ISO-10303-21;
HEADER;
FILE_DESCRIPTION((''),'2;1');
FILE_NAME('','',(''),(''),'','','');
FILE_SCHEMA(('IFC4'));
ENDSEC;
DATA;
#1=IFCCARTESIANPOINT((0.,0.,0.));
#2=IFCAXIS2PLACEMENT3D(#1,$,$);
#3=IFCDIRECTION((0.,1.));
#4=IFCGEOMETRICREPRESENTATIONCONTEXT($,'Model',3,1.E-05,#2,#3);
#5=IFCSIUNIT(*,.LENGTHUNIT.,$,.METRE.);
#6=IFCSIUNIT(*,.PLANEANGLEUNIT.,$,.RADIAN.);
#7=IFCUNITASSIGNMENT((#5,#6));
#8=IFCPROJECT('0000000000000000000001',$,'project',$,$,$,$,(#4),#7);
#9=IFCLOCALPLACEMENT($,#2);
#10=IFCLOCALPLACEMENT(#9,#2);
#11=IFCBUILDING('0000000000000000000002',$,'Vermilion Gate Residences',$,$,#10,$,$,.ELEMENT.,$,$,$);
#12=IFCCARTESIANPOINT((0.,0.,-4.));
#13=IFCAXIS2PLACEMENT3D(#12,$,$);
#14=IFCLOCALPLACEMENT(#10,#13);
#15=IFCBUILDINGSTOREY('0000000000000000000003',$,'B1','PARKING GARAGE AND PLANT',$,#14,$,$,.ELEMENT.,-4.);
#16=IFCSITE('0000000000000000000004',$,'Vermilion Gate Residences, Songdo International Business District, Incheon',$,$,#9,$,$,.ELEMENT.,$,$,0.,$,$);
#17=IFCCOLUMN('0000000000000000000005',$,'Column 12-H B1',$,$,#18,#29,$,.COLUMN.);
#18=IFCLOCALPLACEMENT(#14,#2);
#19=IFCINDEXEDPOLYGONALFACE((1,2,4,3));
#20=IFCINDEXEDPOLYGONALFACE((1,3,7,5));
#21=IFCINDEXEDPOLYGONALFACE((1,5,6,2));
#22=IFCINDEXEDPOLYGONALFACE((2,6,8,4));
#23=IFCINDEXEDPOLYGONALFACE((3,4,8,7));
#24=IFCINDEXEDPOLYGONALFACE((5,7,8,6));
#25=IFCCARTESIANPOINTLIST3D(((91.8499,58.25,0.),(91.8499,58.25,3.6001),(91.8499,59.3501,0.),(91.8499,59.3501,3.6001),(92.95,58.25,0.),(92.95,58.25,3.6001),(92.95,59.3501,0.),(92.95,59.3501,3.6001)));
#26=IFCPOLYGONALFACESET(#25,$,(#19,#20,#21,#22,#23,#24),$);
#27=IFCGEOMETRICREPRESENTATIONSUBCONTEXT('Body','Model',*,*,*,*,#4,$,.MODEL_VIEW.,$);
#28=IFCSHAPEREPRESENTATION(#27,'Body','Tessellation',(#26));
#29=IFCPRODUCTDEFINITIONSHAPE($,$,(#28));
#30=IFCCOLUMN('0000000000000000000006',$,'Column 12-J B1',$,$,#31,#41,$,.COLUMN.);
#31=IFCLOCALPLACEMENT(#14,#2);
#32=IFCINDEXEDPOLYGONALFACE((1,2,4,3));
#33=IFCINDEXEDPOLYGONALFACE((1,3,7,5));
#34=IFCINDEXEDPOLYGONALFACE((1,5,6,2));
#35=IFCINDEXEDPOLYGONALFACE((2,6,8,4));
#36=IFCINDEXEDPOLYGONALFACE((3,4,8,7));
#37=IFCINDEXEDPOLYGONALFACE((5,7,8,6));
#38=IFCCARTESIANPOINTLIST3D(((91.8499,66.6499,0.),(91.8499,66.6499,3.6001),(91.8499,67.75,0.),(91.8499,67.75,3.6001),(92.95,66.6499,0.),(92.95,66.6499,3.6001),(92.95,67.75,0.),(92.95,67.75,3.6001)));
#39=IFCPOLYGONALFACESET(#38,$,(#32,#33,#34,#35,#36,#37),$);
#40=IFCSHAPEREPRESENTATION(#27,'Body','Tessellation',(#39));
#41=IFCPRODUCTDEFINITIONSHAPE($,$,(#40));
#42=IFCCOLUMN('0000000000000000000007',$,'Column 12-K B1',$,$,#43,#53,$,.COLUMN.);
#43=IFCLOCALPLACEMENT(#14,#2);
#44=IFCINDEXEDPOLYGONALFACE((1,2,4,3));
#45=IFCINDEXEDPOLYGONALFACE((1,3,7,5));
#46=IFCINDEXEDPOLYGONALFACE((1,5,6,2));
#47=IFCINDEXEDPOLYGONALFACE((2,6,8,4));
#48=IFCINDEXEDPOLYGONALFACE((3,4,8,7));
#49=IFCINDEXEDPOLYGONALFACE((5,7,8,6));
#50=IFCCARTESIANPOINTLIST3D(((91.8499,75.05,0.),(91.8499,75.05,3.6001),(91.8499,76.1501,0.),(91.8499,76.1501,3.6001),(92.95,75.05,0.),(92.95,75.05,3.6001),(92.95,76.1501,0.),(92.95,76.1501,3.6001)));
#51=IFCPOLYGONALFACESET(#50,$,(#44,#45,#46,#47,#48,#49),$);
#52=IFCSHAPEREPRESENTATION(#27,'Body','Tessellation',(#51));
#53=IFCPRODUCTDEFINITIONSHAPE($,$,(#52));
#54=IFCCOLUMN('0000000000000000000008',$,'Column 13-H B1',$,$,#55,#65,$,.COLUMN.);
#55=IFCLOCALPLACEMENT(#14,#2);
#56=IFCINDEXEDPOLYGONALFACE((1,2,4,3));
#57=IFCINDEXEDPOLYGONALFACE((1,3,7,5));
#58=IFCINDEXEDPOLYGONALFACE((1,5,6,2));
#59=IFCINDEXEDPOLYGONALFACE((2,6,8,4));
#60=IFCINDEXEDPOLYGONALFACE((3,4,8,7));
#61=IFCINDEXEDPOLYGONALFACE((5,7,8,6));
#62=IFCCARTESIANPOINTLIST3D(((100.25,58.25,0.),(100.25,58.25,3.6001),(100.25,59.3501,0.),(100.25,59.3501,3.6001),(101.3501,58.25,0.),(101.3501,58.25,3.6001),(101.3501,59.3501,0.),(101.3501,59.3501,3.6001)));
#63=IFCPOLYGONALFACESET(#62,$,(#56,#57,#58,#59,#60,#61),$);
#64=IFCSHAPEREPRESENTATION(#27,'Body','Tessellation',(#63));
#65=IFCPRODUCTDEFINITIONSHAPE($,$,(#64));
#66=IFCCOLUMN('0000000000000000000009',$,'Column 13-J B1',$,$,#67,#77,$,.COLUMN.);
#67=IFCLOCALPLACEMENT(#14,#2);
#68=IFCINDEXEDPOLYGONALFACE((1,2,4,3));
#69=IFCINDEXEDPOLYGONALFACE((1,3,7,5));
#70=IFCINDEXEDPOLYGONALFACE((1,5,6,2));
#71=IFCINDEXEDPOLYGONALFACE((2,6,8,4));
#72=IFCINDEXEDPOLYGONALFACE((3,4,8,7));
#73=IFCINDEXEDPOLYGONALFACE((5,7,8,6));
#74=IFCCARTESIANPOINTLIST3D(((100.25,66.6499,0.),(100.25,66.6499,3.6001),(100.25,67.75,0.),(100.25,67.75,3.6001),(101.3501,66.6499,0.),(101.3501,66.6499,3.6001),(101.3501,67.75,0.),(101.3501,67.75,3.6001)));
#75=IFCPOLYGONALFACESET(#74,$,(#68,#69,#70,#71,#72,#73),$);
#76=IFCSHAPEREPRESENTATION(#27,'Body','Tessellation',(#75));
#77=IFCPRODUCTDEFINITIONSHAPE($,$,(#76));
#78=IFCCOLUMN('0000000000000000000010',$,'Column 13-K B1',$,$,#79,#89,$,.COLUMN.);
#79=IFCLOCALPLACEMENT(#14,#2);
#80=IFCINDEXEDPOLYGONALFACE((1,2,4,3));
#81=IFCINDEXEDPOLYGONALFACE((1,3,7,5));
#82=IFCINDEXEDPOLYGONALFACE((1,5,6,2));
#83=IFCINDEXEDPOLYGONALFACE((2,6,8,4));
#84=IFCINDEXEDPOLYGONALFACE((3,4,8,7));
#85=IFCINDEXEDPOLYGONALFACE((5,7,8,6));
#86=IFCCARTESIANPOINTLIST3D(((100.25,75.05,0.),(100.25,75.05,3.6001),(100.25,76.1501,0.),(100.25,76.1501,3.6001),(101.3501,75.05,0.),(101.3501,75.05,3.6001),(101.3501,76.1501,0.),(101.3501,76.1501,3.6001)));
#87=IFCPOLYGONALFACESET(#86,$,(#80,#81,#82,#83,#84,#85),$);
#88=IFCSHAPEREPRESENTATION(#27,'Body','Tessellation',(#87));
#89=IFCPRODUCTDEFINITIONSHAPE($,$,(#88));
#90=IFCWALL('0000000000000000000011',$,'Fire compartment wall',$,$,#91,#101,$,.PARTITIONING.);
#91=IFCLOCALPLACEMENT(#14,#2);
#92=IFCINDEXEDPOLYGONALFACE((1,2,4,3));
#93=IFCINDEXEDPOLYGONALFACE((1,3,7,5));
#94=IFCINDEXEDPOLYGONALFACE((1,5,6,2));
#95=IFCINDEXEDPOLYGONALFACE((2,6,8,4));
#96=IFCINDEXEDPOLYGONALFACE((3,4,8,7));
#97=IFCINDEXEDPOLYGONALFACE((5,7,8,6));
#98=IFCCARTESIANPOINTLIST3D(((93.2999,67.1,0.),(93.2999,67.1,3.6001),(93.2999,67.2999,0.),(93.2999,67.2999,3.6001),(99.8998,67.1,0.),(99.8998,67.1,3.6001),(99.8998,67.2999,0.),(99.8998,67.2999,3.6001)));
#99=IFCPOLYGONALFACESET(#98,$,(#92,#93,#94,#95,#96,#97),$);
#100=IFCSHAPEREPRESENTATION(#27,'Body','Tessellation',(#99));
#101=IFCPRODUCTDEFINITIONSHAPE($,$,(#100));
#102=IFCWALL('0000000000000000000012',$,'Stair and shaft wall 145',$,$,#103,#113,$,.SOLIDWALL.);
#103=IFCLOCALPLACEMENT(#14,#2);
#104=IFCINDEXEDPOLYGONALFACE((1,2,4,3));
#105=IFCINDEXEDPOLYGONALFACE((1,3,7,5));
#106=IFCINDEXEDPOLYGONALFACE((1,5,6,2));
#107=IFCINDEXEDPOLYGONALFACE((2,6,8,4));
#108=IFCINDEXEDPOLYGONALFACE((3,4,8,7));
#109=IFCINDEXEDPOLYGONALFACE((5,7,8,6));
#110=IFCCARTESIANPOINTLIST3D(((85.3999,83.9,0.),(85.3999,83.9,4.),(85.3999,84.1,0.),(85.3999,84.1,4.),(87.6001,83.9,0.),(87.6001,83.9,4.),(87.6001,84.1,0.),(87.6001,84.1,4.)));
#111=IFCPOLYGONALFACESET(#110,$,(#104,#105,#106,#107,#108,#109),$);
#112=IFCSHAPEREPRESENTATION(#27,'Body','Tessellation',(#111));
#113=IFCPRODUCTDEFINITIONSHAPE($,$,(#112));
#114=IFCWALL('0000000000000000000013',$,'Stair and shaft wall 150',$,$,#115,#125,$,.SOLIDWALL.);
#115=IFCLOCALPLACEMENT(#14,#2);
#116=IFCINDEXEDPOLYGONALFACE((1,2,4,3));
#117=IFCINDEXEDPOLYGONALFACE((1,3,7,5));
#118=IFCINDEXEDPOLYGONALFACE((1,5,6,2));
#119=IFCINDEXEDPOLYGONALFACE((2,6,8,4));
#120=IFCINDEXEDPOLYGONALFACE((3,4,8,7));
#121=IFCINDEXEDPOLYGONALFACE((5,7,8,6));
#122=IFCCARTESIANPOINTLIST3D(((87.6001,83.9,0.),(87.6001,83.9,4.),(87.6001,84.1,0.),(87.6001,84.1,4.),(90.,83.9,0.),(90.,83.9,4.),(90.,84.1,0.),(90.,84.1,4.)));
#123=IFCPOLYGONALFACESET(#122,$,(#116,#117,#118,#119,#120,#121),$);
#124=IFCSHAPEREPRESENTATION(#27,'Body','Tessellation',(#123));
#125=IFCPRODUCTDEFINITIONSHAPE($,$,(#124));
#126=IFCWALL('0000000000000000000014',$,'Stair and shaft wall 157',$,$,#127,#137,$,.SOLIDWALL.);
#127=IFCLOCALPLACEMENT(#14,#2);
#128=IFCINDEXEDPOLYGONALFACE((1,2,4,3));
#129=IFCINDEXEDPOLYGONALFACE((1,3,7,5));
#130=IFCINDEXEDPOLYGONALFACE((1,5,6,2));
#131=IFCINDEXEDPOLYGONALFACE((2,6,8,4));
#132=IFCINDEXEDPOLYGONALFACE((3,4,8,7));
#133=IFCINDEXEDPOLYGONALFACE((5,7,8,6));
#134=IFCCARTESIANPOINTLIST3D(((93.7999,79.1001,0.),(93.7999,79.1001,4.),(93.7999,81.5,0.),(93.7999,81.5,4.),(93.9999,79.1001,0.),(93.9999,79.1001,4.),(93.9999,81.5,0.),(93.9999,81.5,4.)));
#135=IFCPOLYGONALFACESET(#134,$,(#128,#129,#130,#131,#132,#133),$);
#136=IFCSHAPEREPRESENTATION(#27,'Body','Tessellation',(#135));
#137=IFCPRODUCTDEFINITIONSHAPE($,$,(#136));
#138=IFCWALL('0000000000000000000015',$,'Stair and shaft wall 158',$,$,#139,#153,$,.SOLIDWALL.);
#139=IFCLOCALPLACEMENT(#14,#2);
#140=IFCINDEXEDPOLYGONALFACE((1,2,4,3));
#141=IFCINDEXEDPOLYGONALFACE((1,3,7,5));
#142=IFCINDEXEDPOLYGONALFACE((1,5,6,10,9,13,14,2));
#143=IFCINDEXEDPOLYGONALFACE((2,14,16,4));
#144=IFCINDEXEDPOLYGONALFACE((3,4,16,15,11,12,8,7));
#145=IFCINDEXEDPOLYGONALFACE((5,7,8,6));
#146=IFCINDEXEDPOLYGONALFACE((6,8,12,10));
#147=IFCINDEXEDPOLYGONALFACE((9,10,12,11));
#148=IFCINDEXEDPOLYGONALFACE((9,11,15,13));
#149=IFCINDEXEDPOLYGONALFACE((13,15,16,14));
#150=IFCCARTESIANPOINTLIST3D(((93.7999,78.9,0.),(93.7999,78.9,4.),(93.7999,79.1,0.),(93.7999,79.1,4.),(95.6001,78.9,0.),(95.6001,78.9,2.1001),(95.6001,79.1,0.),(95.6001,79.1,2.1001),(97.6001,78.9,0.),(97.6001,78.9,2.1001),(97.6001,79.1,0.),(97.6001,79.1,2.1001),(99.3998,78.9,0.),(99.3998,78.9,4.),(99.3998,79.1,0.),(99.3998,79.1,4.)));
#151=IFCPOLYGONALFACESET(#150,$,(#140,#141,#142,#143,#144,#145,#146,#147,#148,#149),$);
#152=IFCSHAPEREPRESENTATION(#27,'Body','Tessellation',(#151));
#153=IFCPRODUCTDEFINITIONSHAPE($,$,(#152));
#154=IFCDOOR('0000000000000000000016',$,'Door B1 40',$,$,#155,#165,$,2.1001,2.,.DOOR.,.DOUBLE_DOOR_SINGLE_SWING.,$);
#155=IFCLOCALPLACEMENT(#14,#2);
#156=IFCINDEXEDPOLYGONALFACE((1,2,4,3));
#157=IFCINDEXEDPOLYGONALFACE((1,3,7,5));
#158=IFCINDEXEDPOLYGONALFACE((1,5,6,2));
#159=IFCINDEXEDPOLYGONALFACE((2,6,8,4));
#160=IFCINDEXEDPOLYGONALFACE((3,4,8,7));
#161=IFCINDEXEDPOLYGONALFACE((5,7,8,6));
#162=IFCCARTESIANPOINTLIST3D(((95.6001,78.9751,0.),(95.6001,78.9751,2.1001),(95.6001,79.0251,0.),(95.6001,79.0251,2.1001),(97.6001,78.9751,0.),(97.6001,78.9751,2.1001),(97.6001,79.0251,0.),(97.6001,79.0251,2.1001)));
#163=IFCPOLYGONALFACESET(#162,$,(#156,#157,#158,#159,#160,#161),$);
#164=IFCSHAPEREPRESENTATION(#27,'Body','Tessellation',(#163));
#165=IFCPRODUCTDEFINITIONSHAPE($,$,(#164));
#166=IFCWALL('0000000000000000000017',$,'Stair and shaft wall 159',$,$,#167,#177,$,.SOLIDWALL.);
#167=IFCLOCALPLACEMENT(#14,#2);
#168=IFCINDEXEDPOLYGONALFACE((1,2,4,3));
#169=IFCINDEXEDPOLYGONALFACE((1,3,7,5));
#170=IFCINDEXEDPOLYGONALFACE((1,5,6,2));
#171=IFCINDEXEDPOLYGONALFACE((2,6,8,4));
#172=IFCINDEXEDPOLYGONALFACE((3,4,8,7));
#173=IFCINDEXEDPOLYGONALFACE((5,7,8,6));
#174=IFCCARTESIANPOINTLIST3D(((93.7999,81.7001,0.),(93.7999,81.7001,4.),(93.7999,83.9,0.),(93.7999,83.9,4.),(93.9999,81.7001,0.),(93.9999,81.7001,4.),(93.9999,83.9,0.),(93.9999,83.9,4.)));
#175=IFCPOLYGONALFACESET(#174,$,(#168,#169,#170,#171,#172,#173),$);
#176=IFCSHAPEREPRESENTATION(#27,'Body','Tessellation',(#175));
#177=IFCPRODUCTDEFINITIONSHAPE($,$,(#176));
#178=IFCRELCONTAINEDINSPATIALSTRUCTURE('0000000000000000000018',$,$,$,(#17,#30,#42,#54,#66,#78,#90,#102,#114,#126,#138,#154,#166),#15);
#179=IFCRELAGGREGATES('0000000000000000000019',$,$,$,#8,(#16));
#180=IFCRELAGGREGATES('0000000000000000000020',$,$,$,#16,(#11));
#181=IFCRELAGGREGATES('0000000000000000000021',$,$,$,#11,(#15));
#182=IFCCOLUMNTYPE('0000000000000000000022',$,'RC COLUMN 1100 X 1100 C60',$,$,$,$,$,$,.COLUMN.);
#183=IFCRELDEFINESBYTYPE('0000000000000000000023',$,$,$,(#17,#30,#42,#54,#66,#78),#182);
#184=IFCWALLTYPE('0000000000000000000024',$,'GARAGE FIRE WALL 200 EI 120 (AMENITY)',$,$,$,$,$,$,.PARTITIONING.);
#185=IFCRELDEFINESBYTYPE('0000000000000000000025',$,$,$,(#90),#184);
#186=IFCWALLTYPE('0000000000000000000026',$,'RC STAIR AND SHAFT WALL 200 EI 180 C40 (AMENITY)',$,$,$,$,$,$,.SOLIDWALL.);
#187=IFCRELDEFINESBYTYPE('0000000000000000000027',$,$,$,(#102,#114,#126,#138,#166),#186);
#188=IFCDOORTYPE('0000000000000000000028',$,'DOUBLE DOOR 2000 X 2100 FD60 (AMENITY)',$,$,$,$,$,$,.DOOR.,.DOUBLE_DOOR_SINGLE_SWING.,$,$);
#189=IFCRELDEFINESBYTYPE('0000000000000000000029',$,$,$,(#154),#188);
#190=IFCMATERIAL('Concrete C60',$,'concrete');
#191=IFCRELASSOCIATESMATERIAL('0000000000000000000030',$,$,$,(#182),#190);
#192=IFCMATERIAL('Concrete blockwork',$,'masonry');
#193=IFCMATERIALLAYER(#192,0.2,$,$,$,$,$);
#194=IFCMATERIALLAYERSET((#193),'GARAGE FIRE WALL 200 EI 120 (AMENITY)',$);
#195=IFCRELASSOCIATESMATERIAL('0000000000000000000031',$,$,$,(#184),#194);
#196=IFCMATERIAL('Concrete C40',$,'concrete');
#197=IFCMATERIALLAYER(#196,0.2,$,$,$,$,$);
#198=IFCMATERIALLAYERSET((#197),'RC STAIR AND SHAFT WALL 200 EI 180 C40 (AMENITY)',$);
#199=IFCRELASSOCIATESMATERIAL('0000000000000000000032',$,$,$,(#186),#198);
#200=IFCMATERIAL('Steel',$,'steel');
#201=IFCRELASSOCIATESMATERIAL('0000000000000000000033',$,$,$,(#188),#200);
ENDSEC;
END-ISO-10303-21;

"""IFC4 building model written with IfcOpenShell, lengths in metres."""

from ifc_helpers import new_model, si_unit, direction, frame, frame_2d, origin, origin_2d, place, context, subcontext, project, spatial, rectangle, extrude, material, layer, layer_set, material_profile, profile_set, type_object, element, fill, save


model = new_model("IFC4")

# Units and contexts
model_context = context("Model", 3, precision=1e-05, world=origin(), true_north=direction((0.0, 1.0)))
body_context = subcontext(model_context, "Body", "Model", "MODEL_VIEW")
ifc_project = project(units=[si_unit("LENGTHUNIT", "METRE"), si_unit("PLANEANGLEUNIT", "RADIAN")], contexts=[model_context])

# Site, building, storey
site_placement = place(None, origin())
site = spatial("IfcSite", under=ifc_project, at=site_placement, Name="Vermilion Gate Residences, Songdo International Business District, Incheon", CompositionType="ELEMENT", RefElevation=0.0)
building_placement = place(site_placement, origin())
building = spatial("IfcBuilding", under=site, at=building_placement, Name="Vermilion Gate Residences", CompositionType="ELEMENT")
storey_placement = place(building_placement, frame((0.0, 0.0, -4.0)))
storey = spatial("IfcBuildingStorey", under=building, at=storey_placement, Name="B1", Description="PARKING GARAGE AND PLANT", CompositionType="ELEMENT", Elevation=-4.0)

# Columns
ifc_material_1 = material(Name="Concrete C60", Category="concrete")
ifc_material_profile = material_profile(ifc_material_1, rectangle(XDim=1.1001, YDim=1.1001, at=origin_2d()), Name="RC-1100x1100")
ifc_profile_set = profile_set([ifc_material_profile], Name="Concrete C60")
column_type = type_object("IfcColumnType", Name="RC COLUMN 1100 X 1100 C60", PredefinedType="COLUMN", material=ifc_profile_set)
for number, where, z_axis, x_axis, name in (
    (1, (92.3999, 58.8, 0.0), (0.0, 0.0, 1.0), (1.0, 0.0, 0.0), "Column 12-H B1"),
    (2, (92.3999, 67.2, 0.0), (0.0, 0.0, 1.0), (1.0, 0.0, 0.0), "Column 12-J B1"),
    (3, (92.3999, 75.6001, 0.0), (0.0, 0.0, 1.0), (1.0, 0.0, 0.0), "Column 12-K B1"),
    (4, (100.8, 58.8, 0.0), (0.0, 0.0, 1.0), (1.0, 0.0, 0.0), "Column 13-H B1"),
    (5, (100.8, 67.2, 0.0), (0.0, 0.0, 1.0), (1.0, 0.0, 0.0), "Column 13-J B1"),
    (6, (100.8, 75.6001, 0.0), (0.0, 0.0, 1.0), (1.0, 0.0, 0.0), "Column 13-K B1"),
):
    element("IfcColumn", number, at=place(storey_placement, frame(where, z_axis=z_axis, x_axis=x_axis)), inside=storey, type_object=column_type, Name=name, PredefinedType="COLUMN", context=body_context, shape_type="SweptSolid", body=[
        extrude(rectangle(XDim=1.1001, YDim=1.1001, at=origin_2d()), origin(), (0.0, 0.0, 1.0), 3.6001),
    ])

# Walls
ifc_material_2 = material(Name="Concrete blockwork", Category="masonry")
ifc_layer_1 = layer(ifc_material_2, 0.2)
ifc_layer_set_1 = layer_set([ifc_layer_1], Name="GARAGE FIRE WALL 200 EI 120 (AMENITY)")
wall_type_1 = type_object("IfcWallType", Name="GARAGE FIRE WALL 200 EI 120 (AMENITY)", PredefinedType="PARTITIONING", material=ifc_layer_set_1)
wall_1_placement = place(storey_placement, frame((93.3, 67.2, 0.0), z_axis=(0.0, 0.0, 1.0), x_axis=(1.0, 0.0, 0.0)))
element("IfcWall", 7, at=wall_1_placement, inside=storey, type_object=wall_type_1, Name="Fire compartment wall", PredefinedType="PARTITIONING", context=body_context, shape_type="SweptSolid", body=[
    extrude(rectangle(XDim=6.5999, YDim=0.2, at=frame_2d((3.2998, 0.0))), origin(), (0.0, 0.0, 1.0), 3.6001),
])
ifc_material_3 = material(Name="Concrete C40", Category="concrete")
ifc_layer_2 = layer(ifc_material_3, 0.2)
ifc_layer_set_2 = layer_set([ifc_layer_2], Name="RC STAIR AND SHAFT WALL 200 EI 180 C40 (AMENITY)")
wall_type_2 = type_object("IfcWallType", Name="RC STAIR AND SHAFT WALL 200 EI 180 C40 (AMENITY)", PredefinedType="SOLIDWALL", material=ifc_layer_set_2)
wall_2_placement = place(storey_placement, frame((85.3999, 84.0, 0.0), z_axis=(0.0, 0.0, 1.0), x_axis=(1.0, 0.0, 0.0)))
element("IfcWall", 8, at=wall_2_placement, inside=storey, type_object=wall_type_2, Name="Stair and shaft wall 145", PredefinedType="SOLIDWALL", context=body_context, shape_type="SweptSolid", body=[
    extrude(rectangle(XDim=2.2002, YDim=0.2, at=frame_2d((1.1001, 0.0))), origin(), (0.0, 0.0, 1.0), 4.0),
])
for number, where, z_axis, x_axis, name in (
    (9, (87.6001, 84.0, 0.0), (0.0, 0.0, 1.0), (1.0, 0.0, 0.0), "Stair and shaft wall 150"),
    (10, (93.8999, 79.1001, 0.0), (0.0, 0.0, 1.0), (0.0, 1.0, 0.0), "Stair and shaft wall 157"),
):
    element("IfcWall", number, at=place(storey_placement, frame(where, z_axis=z_axis, x_axis=x_axis)), inside=storey, type_object=wall_type_2, Name=name, PredefinedType="SOLIDWALL", context=body_context, shape_type="SweptSolid", body=[
        extrude(rectangle(XDim=2.3999, YDim=0.2, at=frame_2d((1.2, 0.0))), origin(), (0.0, 0.0, 1.0), 4.0),
    ])

# Wall, opening, door
wall_3_placement = place(storey_placement, frame((93.8, 79.0, 0.0), z_axis=(0.0, 0.0, 1.0), x_axis=(1.0, 0.0, 0.0)))
wall_3 = element("IfcWall", 11, at=wall_3_placement, inside=storey, type_object=wall_type_2, Name="Stair and shaft wall 158", PredefinedType="SOLIDWALL", context=body_context, shape_type="SweptSolid", body=[
    extrude(rectangle(XDim=5.5999, YDim=0.2, at=frame_2d((2.7998, 0.0))), origin(), (0.0, 0.0, 1.0), 4.0),
])
opening_1_placement = place(wall_3_placement, frame((1.8, 0.0, 0.0)))
opening_1 = element("IfcOpeningElement", 12, at=opening_1_placement, cuts=wall_3, PredefinedType="OPENING", context=body_context, shape_type="SweptSolid", body=[
    extrude(rectangle(XDim=2.0, YDim=2.1001, at=frame_2d((1.0, 1.05))), frame((0.0, 0.1099, 0.0), z_axis=(0.0, -1.0, 0.0), x_axis=(1.0, 0.0, 0.0)), (0.0, 0.0, 1.0), 0.22),
])
ifc_material_4 = material(Name="Steel", Category="steel")
door_type_1 = type_object("IfcDoorType", Name="DOUBLE DOOR 2000 X 2100 FD60 (AMENITY)", OperationType="DOUBLE_DOOR_SINGLE_SWING", PredefinedType="DOOR", material=ifc_material_4)
door_1_placement = place(opening_1_placement, frame((2.0, 0.0, 0.0), z_axis=(0.0, 0.0, 1.0), x_axis=(-1.0, 0.0, 0.0)))
door_1 = element("IfcDoor", 13, at=door_1_placement, inside=storey, type_object=door_type_1, Name="Door B1 40", OperationType="DOUBLE_DOOR_SINGLE_SWING", OverallHeight=2.1001, OverallWidth=2.0, PredefinedType="DOOR", context=body_context, shape_type="SweptSolid", body=[
    extrude(rectangle(XDim=2.0, YDim=2.1001, at=frame_2d((1.0, 1.05))), frame((0.0, 0.0249, 0.0), z_axis=(0.0, -1.0, 0.0), x_axis=(1.0, 0.0, 0.0)), (0.0, 0.0, 1.0), 0.05),
])
fill(opening_1, door_1)

# Wall
wall_4_placement = place(storey_placement, frame((93.8999, 81.7, 0.0), z_axis=(0.0, 0.0, 1.0), x_axis=(0.0, 1.0, 0.0)))
element("IfcWall", 14, at=wall_4_placement, inside=storey, type_object=wall_type_2, Name="Stair and shaft wall 159", PredefinedType="SOLIDWALL", context=body_context, shape_type="SweptSolid", body=[
    extrude(rectangle(XDim=2.2, YDim=0.2, at=frame_2d((1.1001, 0.0))), origin(), (0.0, 0.0, 1.0), 4.0),
])

save(model, "model.ifc")
